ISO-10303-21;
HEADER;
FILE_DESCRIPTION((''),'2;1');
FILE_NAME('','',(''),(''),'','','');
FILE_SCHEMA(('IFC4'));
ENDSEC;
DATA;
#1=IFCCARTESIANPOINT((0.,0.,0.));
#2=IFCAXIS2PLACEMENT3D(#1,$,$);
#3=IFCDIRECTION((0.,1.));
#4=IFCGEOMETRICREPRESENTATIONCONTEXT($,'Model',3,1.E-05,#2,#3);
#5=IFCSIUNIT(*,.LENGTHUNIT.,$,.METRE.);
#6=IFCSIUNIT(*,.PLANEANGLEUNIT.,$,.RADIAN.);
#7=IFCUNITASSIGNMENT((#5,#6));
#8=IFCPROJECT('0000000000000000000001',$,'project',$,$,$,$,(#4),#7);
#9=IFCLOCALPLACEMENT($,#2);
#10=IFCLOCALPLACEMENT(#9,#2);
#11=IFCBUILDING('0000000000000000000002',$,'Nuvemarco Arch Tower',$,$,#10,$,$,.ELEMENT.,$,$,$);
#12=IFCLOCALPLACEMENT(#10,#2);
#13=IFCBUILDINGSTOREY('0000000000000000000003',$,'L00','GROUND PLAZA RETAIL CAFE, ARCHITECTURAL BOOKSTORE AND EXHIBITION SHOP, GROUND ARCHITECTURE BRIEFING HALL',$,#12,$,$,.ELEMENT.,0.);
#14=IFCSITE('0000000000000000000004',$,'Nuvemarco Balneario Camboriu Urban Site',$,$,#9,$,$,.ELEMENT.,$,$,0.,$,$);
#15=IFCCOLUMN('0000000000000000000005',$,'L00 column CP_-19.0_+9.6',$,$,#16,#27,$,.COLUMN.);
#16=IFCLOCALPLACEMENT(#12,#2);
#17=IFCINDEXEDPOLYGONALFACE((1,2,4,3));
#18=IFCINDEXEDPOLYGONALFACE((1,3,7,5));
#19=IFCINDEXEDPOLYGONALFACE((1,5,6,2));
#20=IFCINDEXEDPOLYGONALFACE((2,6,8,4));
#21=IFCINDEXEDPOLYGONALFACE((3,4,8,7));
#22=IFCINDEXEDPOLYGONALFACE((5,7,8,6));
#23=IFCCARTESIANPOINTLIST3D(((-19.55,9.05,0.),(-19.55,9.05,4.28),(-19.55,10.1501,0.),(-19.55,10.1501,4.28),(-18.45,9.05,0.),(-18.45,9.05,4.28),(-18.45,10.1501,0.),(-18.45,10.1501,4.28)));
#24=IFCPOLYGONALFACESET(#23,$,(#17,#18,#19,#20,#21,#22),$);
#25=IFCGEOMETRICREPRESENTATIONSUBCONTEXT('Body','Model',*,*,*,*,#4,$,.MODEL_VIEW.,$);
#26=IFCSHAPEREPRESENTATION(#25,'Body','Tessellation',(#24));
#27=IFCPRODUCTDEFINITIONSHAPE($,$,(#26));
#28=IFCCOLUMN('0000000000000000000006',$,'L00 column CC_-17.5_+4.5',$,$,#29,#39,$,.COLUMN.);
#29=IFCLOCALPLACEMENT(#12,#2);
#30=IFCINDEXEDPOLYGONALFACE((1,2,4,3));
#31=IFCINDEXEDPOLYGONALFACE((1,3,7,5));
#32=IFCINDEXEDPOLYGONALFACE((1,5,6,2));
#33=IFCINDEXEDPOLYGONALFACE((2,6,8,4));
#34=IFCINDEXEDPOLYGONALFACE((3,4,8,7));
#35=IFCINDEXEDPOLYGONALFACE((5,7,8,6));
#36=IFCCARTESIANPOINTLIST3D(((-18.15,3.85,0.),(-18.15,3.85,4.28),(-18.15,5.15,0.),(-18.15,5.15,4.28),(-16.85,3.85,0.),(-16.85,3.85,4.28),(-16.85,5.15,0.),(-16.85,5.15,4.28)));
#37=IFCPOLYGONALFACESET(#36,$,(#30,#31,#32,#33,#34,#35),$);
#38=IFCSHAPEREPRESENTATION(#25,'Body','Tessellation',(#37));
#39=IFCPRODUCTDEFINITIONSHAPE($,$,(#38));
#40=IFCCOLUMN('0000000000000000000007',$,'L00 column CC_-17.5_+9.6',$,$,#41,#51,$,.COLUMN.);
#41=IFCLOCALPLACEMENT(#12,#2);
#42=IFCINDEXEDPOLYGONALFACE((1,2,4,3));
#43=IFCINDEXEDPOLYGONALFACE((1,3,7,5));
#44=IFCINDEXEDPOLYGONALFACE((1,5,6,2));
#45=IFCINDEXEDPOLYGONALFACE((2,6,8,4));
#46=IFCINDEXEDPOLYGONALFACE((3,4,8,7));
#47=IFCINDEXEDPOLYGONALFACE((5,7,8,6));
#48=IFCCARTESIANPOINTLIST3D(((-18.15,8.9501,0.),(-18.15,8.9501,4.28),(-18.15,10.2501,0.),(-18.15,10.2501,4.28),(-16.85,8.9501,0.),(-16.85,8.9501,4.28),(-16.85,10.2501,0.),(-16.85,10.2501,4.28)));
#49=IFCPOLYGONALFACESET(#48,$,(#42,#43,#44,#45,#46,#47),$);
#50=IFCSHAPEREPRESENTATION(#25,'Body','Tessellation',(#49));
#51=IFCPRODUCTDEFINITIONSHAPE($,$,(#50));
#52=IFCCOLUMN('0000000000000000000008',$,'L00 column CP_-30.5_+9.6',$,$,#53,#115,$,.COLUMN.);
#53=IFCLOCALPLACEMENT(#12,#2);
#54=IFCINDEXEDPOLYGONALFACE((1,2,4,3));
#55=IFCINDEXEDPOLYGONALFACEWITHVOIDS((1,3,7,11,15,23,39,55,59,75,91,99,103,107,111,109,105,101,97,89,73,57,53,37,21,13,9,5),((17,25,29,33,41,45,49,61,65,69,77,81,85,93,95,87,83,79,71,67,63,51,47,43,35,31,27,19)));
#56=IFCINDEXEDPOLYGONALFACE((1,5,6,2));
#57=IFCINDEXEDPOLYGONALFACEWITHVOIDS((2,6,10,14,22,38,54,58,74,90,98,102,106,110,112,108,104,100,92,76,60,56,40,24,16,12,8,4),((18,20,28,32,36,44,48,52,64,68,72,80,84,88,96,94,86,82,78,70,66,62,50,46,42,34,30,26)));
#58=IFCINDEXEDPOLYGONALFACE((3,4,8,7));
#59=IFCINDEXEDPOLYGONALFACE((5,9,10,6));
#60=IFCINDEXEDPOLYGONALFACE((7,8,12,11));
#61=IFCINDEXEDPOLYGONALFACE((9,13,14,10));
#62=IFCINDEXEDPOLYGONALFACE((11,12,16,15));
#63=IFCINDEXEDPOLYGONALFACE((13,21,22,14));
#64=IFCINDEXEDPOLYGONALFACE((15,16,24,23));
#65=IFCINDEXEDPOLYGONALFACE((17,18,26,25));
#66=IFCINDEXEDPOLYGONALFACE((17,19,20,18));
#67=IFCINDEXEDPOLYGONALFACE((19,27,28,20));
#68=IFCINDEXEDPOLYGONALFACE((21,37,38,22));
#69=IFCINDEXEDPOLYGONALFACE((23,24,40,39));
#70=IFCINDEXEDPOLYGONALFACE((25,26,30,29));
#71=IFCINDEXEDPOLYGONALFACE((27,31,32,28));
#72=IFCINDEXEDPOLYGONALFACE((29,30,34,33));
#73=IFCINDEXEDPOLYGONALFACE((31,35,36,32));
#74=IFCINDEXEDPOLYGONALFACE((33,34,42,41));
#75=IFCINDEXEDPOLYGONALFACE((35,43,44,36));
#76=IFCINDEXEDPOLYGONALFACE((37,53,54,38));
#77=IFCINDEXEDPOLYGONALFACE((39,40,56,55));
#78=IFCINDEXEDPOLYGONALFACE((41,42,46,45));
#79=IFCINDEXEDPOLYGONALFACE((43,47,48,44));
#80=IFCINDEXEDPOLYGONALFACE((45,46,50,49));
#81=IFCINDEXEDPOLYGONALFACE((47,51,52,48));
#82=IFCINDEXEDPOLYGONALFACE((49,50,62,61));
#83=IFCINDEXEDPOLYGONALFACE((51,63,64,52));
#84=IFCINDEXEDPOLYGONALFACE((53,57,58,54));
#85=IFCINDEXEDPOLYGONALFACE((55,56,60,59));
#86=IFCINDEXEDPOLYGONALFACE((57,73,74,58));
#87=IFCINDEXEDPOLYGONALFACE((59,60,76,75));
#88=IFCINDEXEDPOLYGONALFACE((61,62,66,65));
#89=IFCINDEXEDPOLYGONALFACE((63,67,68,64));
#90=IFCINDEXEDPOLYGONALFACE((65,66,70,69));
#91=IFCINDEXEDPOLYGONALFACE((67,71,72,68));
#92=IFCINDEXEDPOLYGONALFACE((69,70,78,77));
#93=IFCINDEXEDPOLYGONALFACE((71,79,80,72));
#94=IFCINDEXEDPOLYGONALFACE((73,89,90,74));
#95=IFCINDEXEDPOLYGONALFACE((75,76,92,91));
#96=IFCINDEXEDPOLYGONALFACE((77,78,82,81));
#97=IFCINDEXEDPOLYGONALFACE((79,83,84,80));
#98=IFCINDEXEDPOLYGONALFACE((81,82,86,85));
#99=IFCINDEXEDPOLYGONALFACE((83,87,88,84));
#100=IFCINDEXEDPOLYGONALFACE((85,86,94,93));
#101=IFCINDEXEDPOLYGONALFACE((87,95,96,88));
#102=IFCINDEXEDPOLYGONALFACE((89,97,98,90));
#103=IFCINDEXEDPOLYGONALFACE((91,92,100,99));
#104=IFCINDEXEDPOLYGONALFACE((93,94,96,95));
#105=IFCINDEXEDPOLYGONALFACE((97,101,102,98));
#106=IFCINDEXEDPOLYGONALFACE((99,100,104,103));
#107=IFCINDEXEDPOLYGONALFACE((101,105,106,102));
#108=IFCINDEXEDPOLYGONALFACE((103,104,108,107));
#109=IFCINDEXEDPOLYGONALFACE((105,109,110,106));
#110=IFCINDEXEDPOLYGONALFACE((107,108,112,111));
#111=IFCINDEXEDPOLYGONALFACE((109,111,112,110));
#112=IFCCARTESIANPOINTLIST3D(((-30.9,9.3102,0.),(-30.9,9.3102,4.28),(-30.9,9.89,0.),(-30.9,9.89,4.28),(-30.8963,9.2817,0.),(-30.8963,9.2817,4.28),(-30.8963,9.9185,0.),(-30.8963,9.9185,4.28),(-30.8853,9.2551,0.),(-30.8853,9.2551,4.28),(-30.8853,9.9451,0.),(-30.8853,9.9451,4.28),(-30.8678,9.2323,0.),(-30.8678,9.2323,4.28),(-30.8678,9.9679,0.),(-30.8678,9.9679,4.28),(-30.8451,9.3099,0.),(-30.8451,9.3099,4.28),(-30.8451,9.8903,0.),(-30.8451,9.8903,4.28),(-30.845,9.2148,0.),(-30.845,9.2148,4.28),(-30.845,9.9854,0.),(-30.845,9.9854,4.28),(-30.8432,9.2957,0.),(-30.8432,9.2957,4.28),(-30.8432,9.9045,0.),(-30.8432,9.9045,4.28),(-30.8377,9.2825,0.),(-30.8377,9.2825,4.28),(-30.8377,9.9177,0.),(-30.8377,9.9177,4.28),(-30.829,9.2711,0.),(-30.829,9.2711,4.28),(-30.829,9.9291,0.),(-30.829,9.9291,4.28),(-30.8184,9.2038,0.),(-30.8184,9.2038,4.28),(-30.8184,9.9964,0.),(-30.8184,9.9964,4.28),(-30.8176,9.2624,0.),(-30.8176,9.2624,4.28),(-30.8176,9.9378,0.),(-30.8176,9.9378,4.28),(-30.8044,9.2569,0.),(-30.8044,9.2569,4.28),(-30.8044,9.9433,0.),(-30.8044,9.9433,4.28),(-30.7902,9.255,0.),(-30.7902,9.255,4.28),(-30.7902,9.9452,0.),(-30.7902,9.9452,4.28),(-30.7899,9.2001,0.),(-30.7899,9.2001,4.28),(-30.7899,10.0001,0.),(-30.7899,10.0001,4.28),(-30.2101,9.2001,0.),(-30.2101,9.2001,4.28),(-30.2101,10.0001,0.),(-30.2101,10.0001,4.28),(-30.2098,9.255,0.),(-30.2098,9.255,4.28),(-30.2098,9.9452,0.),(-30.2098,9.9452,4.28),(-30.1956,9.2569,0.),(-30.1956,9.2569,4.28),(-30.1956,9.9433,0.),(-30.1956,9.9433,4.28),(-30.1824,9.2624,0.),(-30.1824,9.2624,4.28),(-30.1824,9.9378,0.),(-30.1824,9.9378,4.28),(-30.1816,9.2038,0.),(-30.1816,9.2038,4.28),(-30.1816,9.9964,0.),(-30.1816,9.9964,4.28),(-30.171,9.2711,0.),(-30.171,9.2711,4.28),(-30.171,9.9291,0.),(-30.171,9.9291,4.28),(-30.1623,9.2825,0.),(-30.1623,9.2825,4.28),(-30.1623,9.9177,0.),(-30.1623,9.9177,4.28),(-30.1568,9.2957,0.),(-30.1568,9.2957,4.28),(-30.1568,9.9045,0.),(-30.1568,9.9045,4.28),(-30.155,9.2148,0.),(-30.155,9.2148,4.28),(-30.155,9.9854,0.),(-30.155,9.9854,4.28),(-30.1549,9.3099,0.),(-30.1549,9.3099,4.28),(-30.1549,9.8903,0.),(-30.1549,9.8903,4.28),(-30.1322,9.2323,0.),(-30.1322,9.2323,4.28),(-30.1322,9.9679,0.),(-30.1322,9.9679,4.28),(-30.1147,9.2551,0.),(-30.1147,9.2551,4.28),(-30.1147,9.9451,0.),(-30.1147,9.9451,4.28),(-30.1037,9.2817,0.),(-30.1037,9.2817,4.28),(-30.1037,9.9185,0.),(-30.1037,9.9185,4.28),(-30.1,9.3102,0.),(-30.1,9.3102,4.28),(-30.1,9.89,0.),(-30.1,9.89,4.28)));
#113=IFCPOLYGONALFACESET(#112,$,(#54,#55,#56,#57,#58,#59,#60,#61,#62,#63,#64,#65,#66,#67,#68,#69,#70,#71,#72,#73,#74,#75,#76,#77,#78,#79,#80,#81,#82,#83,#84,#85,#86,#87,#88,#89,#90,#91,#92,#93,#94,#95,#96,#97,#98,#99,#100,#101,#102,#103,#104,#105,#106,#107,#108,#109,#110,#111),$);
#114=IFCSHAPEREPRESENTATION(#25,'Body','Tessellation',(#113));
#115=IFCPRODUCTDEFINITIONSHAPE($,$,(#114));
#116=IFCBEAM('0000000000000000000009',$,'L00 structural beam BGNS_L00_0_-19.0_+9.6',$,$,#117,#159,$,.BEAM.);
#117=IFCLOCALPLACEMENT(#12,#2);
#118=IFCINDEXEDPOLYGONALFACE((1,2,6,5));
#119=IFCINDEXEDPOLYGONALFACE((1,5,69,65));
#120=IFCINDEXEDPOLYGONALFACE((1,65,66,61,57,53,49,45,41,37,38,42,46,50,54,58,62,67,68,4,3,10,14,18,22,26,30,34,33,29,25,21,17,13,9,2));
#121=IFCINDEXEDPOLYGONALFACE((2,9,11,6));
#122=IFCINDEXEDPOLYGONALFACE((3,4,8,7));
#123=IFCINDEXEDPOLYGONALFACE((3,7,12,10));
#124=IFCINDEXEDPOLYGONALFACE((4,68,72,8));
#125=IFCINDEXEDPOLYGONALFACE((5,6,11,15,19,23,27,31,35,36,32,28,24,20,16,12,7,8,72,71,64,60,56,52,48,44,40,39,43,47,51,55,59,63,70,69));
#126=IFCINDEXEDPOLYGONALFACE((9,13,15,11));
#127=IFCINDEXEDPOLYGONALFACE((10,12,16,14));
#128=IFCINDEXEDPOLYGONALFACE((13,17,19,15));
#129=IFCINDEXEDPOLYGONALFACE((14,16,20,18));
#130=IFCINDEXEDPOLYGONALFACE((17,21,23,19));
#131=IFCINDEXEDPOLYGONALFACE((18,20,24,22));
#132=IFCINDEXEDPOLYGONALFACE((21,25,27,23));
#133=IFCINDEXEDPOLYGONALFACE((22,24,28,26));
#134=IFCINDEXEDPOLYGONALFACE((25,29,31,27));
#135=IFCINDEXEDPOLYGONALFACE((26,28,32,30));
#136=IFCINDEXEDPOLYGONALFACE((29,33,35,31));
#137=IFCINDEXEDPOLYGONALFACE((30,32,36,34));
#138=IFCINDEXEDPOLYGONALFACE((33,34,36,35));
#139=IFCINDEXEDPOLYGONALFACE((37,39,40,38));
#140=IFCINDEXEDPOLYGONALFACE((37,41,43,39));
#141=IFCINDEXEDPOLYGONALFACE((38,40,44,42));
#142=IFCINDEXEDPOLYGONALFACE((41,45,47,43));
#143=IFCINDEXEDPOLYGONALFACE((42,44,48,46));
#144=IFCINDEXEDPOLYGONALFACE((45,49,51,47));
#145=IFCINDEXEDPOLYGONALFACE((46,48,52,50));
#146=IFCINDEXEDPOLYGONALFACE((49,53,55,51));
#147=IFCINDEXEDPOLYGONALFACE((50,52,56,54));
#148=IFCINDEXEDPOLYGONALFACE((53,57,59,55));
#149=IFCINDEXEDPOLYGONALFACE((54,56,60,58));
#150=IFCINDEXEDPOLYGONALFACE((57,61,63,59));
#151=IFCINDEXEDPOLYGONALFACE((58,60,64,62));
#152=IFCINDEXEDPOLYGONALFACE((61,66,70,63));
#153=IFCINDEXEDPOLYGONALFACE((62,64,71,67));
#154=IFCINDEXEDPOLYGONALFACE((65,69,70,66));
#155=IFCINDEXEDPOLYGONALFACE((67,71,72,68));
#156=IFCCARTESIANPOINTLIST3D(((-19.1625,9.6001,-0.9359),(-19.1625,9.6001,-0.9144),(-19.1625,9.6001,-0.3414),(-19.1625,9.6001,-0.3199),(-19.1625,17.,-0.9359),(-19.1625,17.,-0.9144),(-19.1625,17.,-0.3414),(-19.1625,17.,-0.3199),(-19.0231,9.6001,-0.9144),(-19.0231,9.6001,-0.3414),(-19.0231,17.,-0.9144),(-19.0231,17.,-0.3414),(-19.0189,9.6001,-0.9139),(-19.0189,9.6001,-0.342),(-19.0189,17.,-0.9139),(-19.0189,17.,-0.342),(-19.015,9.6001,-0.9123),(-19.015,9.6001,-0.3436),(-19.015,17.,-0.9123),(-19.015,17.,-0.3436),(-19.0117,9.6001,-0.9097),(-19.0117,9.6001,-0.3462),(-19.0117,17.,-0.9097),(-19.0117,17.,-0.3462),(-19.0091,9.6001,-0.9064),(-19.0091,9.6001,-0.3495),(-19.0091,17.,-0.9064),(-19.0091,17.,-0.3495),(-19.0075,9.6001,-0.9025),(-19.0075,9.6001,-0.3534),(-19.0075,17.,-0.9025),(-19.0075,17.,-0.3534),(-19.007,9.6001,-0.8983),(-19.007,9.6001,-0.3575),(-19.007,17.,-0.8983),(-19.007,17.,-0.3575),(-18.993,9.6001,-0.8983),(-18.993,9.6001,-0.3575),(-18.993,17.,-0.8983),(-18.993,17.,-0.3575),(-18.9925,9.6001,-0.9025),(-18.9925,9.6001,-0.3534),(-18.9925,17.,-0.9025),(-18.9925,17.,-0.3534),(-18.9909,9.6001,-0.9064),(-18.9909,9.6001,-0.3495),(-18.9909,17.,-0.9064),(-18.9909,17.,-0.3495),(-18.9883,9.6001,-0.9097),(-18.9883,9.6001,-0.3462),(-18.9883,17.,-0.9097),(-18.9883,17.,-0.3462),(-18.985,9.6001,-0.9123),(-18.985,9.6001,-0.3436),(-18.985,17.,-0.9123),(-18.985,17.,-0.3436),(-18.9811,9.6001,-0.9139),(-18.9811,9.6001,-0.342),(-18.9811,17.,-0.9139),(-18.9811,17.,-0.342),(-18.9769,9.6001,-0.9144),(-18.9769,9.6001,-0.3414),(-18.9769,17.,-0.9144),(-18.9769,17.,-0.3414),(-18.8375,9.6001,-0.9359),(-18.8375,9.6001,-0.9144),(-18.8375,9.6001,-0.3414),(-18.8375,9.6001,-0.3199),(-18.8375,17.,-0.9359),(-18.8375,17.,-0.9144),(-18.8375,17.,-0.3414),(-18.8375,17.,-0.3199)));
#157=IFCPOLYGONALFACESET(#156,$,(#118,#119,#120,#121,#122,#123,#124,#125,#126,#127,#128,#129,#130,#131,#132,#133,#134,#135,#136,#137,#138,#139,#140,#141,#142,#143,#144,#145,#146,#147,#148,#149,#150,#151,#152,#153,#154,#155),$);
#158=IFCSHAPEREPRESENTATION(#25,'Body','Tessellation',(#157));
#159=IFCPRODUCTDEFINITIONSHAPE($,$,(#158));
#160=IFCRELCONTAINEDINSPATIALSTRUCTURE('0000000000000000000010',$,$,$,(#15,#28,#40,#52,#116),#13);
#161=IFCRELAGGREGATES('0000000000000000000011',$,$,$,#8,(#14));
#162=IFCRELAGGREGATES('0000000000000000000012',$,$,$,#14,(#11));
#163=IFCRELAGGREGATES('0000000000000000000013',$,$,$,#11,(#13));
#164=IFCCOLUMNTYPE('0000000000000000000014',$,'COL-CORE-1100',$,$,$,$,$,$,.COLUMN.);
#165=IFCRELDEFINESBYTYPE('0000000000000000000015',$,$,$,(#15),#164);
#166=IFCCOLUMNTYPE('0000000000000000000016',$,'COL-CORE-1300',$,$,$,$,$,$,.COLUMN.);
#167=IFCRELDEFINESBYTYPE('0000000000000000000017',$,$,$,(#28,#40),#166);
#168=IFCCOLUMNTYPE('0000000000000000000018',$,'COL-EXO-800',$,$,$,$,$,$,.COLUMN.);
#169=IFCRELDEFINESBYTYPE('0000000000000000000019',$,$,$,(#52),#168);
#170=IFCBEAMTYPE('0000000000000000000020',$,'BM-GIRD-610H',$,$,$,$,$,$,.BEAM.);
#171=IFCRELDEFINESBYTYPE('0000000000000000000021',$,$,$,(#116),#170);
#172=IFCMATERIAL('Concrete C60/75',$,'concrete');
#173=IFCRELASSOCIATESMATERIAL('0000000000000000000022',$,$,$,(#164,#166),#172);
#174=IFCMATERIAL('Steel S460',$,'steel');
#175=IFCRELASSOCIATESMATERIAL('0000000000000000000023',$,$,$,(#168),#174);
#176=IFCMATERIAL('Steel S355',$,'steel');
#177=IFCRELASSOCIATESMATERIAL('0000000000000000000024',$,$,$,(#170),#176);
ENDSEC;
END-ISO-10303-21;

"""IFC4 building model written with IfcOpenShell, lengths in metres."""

from ifc_helpers import new_model, si_unit, direction, frame, origin, origin_2d, place, context, subcontext, project, spatial, rectangle, hollow_rectangle, i_section, extrude, material, material_profile, profile_set, type_object, element, save


model = new_model("IFC4")

# Units and contexts
model_context = context("Model", 3, precision=1e-05, world=origin(), true_north=direction((0.0, 1.0)))
body_context = subcontext(model_context, "Body", "Model", "MODEL_VIEW")
ifc_project = project(units=[si_unit("LENGTHUNIT", "METRE"), si_unit("PLANEANGLEUNIT", "RADIAN")], contexts=[model_context])

# Site, building, storey
site_placement = place(None, origin())
site = spatial("IfcSite", under=ifc_project, at=site_placement, Name="Nuvemarco Balneario Camboriu Urban Site", CompositionType="ELEMENT", RefElevation=0.0)
building_placement = place(site_placement, origin())
building = spatial("IfcBuilding", under=site, at=building_placement, Name="Nuvemarco Arch Tower", CompositionType="ELEMENT")
storey_placement = place(building_placement, origin())
storey = spatial("IfcBuildingStorey", under=building, at=storey_placement, Name="L00", Description="GROUND PLAZA RETAIL CAFE, ARCHITECTURAL BOOKSTORE AND EXHIBITION SHOP, GROUND ARCHITECTURE BRIEFING HALL", CompositionType="ELEMENT", Elevation=0.0)

# Columns
ifc_material_1 = material(Name="Concrete C60/75", Category="concrete")
ifc_material_profile_1 = material_profile(ifc_material_1, rectangle(XDim=1.1001, YDim=1.1001, at=origin_2d()), Name="RC-COL-1100x1100")
ifc_profile_set_1 = profile_set([ifc_material_profile_1], Name="Concrete C60/75")
column_type_1 = type_object("IfcColumnType", Name="COL-CORE-1100", PredefinedType="COLUMN", material=ifc_profile_set_1)
column_1_placement = place(storey_placement, frame((-19.0, 9.6001, 0.0), z_axis=(0.0, 0.0, 1.0), x_axis=(1.0, 0.0, 0.0)))
element("IfcColumn", 1, at=column_1_placement, inside=storey, type_object=column_type_1, Name="L00 column CP_-19.0_+9.6", PredefinedType="COLUMN", context=body_context, shape_type="SweptSolid", body=[
    extrude(rectangle(XDim=1.1001, YDim=1.1001, at=origin_2d()), origin(), (0.0, 0.0, 1.0), 4.28),
])
ifc_material_profile_2 = material_profile(ifc_material_1, rectangle(XDim=1.3, YDim=1.3, at=origin_2d()), Name="RC-COL-1300x1300")
ifc_profile_set_2 = profile_set([ifc_material_profile_2], Name="Concrete C60/75")
column_type_2 = type_object("IfcColumnType", Name="COL-CORE-1300", PredefinedType="COLUMN", material=ifc_profile_set_2)
for number, where, z_axis, x_axis, name in (
    (2, (-17.5, 4.5, 0.0), (0.0, 0.0, 1.0), (1.0, 0.0, 0.0), "L00 column CC_-17.5_+4.5"),
    (3, (-17.5, 9.6001, 0.0), (0.0, 0.0, 1.0), (1.0, 0.0, 0.0), "L00 column CC_-17.5_+9.6"),
):
    element("IfcColumn", number, at=place(storey_placement, frame(where, z_axis=z_axis, x_axis=x_axis)), inside=storey, type_object=column_type_2, Name=name, PredefinedType="COLUMN", context=body_context, shape_type="SweptSolid", body=[
        extrude(rectangle(XDim=1.3, YDim=1.3, at=origin_2d()), origin(), (0.0, 0.0, 1.0), 4.28),
    ])
ifc_material_2 = material(Name="Steel S460", Category="steel")
ifc_material_profile_3 = material_profile(ifc_material_2, hollow_rectangle(XDim=0.8, YDim=0.8, WallThickness=0.0549, InnerFilletRadius=0.0549, OuterFilletRadius=0.1101, at=origin_2d()), Name="SHS800x800x55")
ifc_profile_set_3 = profile_set([ifc_material_profile_3], Name="Steel S460")
column_type_3 = type_object("IfcColumnType", Name="COL-EXO-800", PredefinedType="COLUMN", material=ifc_profile_set_3)
column_2_placement = place(storey_placement, frame((-30.5, 9.6001, 0.0), z_axis=(0.0, 0.0, 1.0), x_axis=(1.0, 0.0, 0.0)))
element("IfcColumn", 4, at=column_2_placement, inside=storey, type_object=column_type_3, Name="L00 column CP_-30.5_+9.6", PredefinedType="COLUMN", context=body_context, shape_type="SweptSolid", body=[
    extrude(hollow_rectangle(XDim=0.8, YDim=0.8, WallThickness=0.0549, InnerFilletRadius=0.0549, OuterFilletRadius=0.1101, at=origin_2d()), origin(), (0.0, 0.0, 1.0), 4.28),
])

# Beam
ifc_material_3 = material(Name="Steel S355", Category="steel")
ifc_material_profile_4 = material_profile(ifc_material_3, i_section(OverallWidth=0.325, OverallDepth=0.616, WebThickness=0.0139, FlangeThickness=0.0215, FilletRadius=0.0161, at=origin_2d()), Name="W610x174")
ifc_profile_set_4 = profile_set([ifc_material_profile_4], Name="Steel S355")
beam_type_1 = type_object("IfcBeamType", Name="BM-GIRD-610H", PredefinedType="BEAM", material=ifc_profile_set_4)
beam_1_placement = place(storey_placement, frame((-19.0, 9.6001, -0.6279), z_axis=(0.0, 1.0, 0.0), x_axis=(-1.0, 0.0, 0.0)))
element("IfcBeam", 5, at=beam_1_placement, inside=storey, type_object=beam_type_1, Name="L00 structural beam BGNS_L00_0_-19.0_+9.6", PredefinedType="BEAM", context=body_context, shape_type="SweptSolid", body=[
    extrude(i_section(OverallWidth=0.325, OverallDepth=0.616, WebThickness=0.0139, FlangeThickness=0.0215, FilletRadius=0.0161, at=origin_2d()), origin(), (0.0, 0.0, 1.0), 7.3999),
])

save(model, "model.ifc")
